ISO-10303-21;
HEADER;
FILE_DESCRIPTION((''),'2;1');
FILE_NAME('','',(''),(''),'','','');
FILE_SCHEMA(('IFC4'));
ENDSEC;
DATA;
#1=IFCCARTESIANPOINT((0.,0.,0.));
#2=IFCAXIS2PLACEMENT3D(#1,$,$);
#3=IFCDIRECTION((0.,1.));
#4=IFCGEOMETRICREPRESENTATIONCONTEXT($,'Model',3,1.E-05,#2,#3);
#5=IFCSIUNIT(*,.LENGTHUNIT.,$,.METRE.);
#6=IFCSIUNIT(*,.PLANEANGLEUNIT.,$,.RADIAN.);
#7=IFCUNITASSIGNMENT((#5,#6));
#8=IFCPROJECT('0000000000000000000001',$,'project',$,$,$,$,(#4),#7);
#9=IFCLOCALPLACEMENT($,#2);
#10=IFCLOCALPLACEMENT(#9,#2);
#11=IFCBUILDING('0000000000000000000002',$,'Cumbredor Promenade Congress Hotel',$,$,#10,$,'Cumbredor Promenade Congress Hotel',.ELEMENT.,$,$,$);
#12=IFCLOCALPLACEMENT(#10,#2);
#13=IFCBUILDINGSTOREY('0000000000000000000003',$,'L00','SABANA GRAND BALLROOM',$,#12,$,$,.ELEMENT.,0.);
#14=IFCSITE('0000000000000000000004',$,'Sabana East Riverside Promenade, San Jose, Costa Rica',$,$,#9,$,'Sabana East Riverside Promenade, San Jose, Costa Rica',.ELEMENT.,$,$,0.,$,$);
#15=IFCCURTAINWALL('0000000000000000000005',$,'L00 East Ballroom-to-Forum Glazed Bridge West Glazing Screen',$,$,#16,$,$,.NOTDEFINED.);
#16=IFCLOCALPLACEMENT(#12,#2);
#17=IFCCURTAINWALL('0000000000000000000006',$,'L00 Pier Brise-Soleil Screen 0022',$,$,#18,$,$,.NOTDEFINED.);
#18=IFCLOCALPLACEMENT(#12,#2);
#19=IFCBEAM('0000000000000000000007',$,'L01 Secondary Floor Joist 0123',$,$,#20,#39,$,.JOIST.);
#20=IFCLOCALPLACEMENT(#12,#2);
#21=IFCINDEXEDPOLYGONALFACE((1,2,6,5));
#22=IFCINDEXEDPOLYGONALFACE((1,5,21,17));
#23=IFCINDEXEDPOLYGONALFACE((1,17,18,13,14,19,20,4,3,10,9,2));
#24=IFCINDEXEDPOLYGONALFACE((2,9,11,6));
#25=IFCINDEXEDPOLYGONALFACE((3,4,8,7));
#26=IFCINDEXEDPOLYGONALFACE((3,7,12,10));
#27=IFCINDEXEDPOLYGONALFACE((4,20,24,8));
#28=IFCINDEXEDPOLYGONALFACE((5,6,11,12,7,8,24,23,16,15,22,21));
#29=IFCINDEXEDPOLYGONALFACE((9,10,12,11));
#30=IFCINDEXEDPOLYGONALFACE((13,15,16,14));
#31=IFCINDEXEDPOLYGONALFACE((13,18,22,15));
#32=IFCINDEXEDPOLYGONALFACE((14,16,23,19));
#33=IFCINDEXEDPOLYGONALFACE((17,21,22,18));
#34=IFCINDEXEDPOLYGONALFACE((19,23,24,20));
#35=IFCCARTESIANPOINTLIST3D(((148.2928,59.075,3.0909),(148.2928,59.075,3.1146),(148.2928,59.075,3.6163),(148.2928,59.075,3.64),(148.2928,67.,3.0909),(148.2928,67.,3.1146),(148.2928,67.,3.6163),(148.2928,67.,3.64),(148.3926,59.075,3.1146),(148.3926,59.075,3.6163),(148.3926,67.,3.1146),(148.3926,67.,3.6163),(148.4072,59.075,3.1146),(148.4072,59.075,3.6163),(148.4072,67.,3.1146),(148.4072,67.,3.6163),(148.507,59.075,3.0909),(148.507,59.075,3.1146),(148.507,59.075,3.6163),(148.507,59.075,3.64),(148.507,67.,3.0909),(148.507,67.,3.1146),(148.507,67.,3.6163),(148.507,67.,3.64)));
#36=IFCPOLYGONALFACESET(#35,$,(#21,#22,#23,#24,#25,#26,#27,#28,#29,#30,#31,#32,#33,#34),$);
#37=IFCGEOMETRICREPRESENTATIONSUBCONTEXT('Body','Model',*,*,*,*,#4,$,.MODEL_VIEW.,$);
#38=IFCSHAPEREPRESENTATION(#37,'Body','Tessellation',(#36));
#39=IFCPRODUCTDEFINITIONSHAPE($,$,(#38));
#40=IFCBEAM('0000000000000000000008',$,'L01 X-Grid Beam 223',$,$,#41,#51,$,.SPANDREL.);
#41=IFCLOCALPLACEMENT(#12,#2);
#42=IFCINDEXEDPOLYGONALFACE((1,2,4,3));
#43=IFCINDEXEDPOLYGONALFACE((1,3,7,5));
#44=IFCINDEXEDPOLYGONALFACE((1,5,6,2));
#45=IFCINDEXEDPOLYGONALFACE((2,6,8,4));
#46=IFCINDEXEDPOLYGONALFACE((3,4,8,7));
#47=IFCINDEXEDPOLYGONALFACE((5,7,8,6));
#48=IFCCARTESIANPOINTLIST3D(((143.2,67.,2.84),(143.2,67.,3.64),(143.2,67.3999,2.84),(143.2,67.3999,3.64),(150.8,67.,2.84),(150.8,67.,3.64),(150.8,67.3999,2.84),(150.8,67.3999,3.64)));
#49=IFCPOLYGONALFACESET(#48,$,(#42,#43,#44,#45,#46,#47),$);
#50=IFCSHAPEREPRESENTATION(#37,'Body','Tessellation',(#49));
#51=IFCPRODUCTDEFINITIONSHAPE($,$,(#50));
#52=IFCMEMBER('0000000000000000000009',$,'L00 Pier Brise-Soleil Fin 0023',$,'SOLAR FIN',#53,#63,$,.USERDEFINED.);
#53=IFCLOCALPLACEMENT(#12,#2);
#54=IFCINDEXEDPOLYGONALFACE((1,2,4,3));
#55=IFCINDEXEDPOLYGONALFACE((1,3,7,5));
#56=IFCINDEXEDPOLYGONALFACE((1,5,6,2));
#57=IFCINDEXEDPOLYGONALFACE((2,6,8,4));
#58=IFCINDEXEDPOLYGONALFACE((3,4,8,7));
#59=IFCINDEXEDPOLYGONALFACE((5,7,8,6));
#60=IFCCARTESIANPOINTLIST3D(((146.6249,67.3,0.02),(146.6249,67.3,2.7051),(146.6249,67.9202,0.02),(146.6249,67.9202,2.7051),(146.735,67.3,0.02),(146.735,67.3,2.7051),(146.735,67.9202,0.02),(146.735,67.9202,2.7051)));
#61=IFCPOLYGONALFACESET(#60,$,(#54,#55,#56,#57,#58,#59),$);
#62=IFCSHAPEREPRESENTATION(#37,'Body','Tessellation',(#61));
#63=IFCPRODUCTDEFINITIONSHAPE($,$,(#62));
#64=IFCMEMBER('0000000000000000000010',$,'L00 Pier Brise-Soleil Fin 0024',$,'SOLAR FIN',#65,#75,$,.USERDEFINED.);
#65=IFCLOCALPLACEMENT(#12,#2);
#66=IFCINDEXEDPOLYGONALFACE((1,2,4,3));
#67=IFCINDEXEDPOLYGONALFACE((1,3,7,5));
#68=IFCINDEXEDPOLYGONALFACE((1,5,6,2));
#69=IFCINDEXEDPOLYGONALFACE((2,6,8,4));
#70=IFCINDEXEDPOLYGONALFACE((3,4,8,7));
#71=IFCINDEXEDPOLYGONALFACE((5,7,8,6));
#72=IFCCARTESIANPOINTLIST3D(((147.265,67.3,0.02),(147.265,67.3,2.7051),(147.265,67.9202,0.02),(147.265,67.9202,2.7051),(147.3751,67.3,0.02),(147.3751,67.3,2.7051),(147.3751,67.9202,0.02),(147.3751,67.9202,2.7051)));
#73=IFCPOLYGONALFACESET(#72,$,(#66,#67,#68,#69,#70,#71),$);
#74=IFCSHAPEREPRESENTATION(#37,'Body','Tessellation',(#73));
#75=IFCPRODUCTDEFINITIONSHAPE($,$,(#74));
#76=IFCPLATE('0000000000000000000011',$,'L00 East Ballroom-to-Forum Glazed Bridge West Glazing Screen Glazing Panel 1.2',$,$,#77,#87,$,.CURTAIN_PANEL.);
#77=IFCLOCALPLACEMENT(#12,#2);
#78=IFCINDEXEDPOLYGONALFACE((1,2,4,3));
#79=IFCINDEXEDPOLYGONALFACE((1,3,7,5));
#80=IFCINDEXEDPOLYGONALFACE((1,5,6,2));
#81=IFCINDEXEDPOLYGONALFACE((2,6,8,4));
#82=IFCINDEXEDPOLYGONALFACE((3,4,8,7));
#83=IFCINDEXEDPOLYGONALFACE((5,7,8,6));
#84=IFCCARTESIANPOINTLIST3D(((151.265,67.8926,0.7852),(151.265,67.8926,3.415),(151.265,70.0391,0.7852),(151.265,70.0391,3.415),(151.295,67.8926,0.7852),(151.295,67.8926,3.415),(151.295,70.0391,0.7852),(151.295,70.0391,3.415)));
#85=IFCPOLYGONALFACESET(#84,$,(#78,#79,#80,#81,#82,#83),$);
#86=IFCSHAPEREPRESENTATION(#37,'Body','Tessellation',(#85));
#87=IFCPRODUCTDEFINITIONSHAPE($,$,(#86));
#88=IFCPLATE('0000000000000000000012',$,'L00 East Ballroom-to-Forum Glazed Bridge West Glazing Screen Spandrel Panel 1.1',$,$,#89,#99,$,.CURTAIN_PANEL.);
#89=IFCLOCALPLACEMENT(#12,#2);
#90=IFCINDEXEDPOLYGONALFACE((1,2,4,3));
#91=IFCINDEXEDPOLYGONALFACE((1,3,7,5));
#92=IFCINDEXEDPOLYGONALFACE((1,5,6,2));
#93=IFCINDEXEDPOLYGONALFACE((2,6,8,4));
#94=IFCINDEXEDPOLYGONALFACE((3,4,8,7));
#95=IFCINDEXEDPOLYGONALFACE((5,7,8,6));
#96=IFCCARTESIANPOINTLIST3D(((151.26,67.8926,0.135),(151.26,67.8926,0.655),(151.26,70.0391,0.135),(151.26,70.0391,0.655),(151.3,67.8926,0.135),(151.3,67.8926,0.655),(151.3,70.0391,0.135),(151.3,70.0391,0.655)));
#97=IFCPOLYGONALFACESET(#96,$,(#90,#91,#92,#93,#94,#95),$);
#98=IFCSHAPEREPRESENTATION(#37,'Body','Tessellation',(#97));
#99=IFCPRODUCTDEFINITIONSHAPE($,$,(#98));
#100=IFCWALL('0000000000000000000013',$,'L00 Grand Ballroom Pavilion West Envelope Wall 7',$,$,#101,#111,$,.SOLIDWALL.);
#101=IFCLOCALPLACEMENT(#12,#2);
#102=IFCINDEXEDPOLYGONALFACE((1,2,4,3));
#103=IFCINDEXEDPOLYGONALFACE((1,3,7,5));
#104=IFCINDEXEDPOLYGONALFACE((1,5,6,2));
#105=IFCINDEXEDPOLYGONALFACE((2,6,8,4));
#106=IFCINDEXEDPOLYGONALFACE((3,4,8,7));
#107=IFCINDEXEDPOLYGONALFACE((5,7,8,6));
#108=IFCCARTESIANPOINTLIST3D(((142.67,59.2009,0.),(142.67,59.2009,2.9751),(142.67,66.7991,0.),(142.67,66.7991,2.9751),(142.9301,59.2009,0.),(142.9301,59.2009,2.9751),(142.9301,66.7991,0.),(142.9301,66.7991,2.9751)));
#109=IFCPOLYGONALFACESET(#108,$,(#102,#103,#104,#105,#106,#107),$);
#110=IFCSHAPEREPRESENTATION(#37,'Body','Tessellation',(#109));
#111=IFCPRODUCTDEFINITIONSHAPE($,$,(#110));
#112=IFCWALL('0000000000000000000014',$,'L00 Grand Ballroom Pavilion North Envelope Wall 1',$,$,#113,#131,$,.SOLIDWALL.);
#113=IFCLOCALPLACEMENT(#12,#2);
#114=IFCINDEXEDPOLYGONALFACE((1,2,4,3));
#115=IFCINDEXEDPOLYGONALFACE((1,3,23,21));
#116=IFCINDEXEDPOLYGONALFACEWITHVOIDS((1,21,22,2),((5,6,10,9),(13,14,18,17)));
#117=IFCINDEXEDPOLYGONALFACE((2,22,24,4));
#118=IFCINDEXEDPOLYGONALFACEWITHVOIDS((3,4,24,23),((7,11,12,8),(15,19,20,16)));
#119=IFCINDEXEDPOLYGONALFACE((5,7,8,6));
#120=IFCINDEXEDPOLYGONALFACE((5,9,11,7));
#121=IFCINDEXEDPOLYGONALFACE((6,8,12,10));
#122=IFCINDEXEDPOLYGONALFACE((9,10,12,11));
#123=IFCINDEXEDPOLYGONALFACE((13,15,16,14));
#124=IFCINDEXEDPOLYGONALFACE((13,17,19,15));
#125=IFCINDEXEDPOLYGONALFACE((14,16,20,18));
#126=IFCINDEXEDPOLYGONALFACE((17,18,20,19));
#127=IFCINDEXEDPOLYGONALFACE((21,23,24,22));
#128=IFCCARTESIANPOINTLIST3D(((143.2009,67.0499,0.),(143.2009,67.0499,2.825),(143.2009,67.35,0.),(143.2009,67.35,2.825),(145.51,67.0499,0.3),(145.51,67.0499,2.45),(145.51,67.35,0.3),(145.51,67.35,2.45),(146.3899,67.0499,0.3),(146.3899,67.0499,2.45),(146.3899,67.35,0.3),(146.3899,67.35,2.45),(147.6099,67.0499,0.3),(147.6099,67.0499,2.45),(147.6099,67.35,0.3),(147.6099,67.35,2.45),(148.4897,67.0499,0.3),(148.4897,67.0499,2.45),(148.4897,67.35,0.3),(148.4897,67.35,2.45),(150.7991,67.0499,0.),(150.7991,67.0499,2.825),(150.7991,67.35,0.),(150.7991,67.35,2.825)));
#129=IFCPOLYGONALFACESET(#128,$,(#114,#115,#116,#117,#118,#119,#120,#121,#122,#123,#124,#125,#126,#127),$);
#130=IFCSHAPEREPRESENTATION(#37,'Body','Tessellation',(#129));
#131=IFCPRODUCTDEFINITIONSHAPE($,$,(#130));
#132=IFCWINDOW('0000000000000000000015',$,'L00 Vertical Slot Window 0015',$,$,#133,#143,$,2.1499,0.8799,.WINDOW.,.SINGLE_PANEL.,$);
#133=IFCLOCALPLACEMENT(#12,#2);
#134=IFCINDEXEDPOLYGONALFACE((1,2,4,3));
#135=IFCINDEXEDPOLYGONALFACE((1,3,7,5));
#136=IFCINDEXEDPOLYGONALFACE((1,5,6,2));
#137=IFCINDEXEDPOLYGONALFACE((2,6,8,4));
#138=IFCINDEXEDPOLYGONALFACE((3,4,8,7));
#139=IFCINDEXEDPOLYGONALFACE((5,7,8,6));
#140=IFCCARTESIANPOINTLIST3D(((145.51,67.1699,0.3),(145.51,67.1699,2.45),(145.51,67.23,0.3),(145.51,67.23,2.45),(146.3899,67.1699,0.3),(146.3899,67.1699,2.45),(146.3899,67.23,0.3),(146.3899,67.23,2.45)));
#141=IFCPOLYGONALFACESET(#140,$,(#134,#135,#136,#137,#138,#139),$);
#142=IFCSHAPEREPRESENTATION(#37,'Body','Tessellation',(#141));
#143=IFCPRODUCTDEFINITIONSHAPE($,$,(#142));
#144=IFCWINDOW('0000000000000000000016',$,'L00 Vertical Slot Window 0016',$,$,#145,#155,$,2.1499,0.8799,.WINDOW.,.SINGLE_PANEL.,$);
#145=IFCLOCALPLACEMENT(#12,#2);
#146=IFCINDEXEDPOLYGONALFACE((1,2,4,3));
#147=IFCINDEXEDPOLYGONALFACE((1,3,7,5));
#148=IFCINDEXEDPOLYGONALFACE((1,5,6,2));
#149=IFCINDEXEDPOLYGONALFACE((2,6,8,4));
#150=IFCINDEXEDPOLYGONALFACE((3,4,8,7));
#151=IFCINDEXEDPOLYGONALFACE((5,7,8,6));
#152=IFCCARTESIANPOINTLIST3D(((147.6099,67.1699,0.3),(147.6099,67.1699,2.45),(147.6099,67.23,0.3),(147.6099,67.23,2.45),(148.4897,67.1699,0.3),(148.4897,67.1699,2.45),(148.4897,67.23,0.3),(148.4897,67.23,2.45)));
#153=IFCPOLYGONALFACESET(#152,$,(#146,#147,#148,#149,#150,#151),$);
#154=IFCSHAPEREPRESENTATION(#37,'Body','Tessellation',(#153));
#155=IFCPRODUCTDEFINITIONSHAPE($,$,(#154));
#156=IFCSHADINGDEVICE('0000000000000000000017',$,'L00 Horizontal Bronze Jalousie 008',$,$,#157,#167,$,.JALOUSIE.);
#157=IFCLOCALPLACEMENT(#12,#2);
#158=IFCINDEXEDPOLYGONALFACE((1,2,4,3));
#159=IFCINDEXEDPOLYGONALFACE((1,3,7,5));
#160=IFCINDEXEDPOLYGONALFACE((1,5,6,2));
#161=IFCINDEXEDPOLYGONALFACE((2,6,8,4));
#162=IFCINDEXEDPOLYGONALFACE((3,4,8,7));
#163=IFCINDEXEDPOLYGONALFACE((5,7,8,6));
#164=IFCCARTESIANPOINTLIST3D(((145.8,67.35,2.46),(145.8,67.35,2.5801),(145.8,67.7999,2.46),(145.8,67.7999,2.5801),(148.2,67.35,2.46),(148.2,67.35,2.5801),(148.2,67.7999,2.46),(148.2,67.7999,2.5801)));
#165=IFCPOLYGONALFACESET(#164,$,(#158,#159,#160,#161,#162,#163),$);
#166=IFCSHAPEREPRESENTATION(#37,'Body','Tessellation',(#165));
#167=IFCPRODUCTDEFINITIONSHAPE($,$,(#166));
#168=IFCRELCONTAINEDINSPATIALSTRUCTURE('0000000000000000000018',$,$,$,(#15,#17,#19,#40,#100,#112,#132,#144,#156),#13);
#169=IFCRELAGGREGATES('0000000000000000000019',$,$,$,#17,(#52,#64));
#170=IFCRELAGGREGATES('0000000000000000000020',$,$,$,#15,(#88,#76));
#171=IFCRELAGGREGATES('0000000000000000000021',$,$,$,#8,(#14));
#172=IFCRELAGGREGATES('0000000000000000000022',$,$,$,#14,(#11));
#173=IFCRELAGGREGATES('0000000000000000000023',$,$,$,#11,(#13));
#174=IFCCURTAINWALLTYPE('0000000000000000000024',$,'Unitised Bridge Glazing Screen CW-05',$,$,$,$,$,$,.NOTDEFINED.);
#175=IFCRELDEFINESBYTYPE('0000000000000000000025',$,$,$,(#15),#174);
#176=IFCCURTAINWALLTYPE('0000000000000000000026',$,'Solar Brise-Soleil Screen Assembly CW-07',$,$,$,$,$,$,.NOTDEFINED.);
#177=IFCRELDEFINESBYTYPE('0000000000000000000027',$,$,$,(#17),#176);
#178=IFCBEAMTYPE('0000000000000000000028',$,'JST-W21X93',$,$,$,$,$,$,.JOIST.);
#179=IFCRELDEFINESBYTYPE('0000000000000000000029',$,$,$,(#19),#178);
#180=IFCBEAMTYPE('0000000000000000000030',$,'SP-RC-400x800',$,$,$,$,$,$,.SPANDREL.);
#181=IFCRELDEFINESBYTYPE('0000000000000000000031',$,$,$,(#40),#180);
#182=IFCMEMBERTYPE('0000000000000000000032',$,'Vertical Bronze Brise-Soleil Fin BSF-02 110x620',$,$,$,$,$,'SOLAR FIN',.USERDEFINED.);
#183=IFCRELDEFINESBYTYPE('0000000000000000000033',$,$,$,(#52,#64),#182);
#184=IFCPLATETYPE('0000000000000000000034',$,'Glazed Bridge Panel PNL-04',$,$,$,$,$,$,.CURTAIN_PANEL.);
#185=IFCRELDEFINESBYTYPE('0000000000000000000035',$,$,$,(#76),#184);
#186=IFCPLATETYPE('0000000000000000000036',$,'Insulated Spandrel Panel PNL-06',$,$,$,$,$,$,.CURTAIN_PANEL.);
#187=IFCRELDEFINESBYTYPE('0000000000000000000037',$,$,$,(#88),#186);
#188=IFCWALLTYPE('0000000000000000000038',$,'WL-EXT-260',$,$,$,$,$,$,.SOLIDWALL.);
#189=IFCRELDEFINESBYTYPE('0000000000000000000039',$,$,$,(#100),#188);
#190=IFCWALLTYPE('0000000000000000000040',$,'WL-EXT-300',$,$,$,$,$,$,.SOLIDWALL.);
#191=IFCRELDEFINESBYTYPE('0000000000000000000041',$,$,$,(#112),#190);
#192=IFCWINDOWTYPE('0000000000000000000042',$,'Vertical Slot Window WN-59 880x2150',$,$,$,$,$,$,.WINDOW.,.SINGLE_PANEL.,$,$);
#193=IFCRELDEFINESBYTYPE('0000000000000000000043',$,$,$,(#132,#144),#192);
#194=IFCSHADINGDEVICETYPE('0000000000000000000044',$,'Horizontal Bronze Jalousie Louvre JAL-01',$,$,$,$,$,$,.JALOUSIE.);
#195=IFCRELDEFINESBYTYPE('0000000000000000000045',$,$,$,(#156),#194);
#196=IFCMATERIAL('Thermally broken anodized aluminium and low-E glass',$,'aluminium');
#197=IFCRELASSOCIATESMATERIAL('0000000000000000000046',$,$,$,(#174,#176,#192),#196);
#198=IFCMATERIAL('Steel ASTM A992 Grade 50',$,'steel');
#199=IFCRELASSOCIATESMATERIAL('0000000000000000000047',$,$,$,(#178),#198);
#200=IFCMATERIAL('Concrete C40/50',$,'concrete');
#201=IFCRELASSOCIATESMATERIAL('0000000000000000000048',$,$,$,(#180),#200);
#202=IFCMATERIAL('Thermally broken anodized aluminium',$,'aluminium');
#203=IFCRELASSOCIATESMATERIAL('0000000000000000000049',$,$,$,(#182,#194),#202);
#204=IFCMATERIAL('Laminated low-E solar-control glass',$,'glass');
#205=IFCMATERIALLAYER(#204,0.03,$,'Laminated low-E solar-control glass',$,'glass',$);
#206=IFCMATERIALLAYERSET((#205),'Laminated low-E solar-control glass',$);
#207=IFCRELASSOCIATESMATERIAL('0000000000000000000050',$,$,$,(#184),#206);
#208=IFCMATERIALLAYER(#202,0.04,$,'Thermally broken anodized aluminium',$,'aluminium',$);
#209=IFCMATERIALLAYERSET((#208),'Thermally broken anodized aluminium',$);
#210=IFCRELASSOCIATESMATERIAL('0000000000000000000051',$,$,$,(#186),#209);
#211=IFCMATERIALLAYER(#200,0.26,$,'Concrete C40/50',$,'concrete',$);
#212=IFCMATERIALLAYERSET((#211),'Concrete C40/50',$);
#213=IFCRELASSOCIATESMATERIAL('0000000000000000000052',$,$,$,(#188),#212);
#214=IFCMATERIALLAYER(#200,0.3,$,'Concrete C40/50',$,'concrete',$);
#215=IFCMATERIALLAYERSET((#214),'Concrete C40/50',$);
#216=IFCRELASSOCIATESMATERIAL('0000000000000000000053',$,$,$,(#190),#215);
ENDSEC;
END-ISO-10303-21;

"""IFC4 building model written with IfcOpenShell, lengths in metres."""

from ifc_helpers import new_model, si_unit, direction, frame, frame_2d, origin, origin_2d, place, context, subcontext, project, spatial, rectangle, i_section, extrude, material, layer, layer_set, material_profile, profile_set, type_object, element, fill, aggregate, save


model = new_model("IFC4")

# Units and contexts
model_context = context("Model", 3, precision=1e-05, world=origin(), true_north=direction((0.0, 1.0)))
body_context = subcontext(model_context, "Body", "Model", "MODEL_VIEW")
ifc_project = project(units=[si_unit("LENGTHUNIT", "METRE"), si_unit("PLANEANGLEUNIT", "RADIAN")], contexts=[model_context])

# Site, building, storey
site_placement = place(None, origin())
site = spatial("IfcSite", under=ifc_project, at=site_placement, Name="Sabana East Riverside Promenade, San Jose, Costa Rica", LongName="Sabana East Riverside Promenade, San Jose, Costa Rica", CompositionType="ELEMENT", RefElevation=0.0)
building_placement = place(site_placement, origin())
building = spatial("IfcBuilding", under=site, at=building_placement, Name="Cumbredor Promenade Congress Hotel", LongName="Cumbredor Promenade Congress Hotel", CompositionType="ELEMENT")
storey_placement = place(building_placement, origin())
storey = spatial("IfcBuildingStorey", under=building, at=storey_placement, Name="L00", Description="SABANA GRAND BALLROOM", CompositionType="ELEMENT", Elevation=0.0)

# Shared definitions
ifc_material_1 = material(Name="Concrete C40/50", Category="concrete")

# Curtain walls
ifc_material_2 = material(Name="Thermally broken anodized aluminium and low-E glass", Category="aluminium")
curtain_wall_type_1 = type_object("IfcCurtainWallType", Name="Unitised Bridge Glazing Screen CW-05", PredefinedType="NOTDEFINED", material=ifc_material_2)
curtain_wall_1_placement = place(storey_placement, origin())
curtain_wall_1 = element("IfcCurtainWall", 1, at=curtain_wall_1_placement, inside=storey, type_object=curtain_wall_type_1, Name="L00 East Ballroom-to-Forum Glazed Bridge West Glazing Screen", PredefinedType="NOTDEFINED")
ifc_material_3 = material(Name="Thermally broken anodized aluminium", Category="aluminium")
curtain_wall_type_2 = type_object("IfcCurtainWallType", Name="Solar Brise-Soleil Screen Assembly CW-07", PredefinedType="NOTDEFINED", material=ifc_material_2)
curtain_wall_2_placement = place(storey_placement, origin())
curtain_wall_2 = element("IfcCurtainWall", 2, at=curtain_wall_2_placement, inside=storey, type_object=curtain_wall_type_2, Name="L00 Pier Brise-Soleil Screen 0022", PredefinedType="NOTDEFINED")

# Beams
ifc_material_4 = material(Name="Steel ASTM A992 Grade 50", Category="steel")
ifc_material_profile_1 = material_profile(ifc_material_4, i_section(OverallWidth=0.2141, OverallDepth=0.5491, WebThickness=0.0146, FlangeThickness=0.0237, at=origin_2d()), Name="W21X93")
ifc_profile_set_1 = profile_set([ifc_material_profile_1], Name="Steel ASTM A992 Grade 50")
beam_type_1 = type_object("IfcBeamType", Name="JST-W21X93", PredefinedType="JOIST", material=ifc_profile_set_1)
for number, where, z_axis, x_axis, name in (
    (3, (148.3999, 59.075, 3.3655), (0.0, 1.0, 0.0), (-1.0, 0.0, 0.0), "L01 Secondary Floor Joist 0123"),
):
    element("IfcBeam", number, at=place(storey_placement, frame(where, z_axis=z_axis, x_axis=x_axis)), inside=storey, type_object=beam_type_1, Name=name, PredefinedType="JOIST", context=body_context, shape_type="SweptSolid", body=[
        extrude(i_section(OverallWidth=0.2141, OverallDepth=0.5491, WebThickness=0.0146, FlangeThickness=0.0237, at=origin_2d()), origin(), (0.0, 0.0, 1.0), 7.925),
    ])
ifc_material_profile_2 = material_profile(ifc_material_1, rectangle(XDim=0.3999, YDim=0.8, at=origin_2d()), Name="RC SPANDREL 400x800")
ifc_profile_set_2 = profile_set([ifc_material_profile_2], Name="Concrete C40/50")
beam_type_2 = type_object("IfcBeamType", Name="SP-RC-400x800", PredefinedType="SPANDREL", material=ifc_profile_set_2)
beam_1_placement = place(storey_placement, frame((143.2, 67.2, 3.24), z_axis=(1.0, 0.0, 0.0), x_axis=(0.0, 1.0, 0.0)))
element("IfcBeam", 4, at=beam_1_placement, inside=storey, type_object=beam_type_2, Name="L01 X-Grid Beam 223", PredefinedType="SPANDREL", context=body_context, shape_type="SweptSolid", body=[
    extrude(rectangle(XDim=0.3999, YDim=0.8, at=origin_2d()), origin(), (0.0, 0.0, 1.0), 7.6001),
])

# Members
ifc_material_profile_3 = material_profile(ifc_material_3, rectangle(XDim=0.1101, YDim=0.6201, at=origin_2d()), Name="ARCH FIN 110x620")
ifc_profile_set_3 = profile_set([ifc_material_profile_3], Name="Thermally broken anodized aluminium")
member_type_1 = type_object("IfcMemberType", Name="Vertical Bronze Brise-Soleil Fin BSF-02 110x620", ElementType="SOLAR FIN", PredefinedType="USERDEFINED", material=ifc_profile_set_3)
member_1_placement = place(storey_placement, frame((146.6799, 67.6101, 0.02), z_axis=(0.0, 0.0, 1.0), x_axis=(1.0, 0.0, 0.0)))
member_1 = element("IfcMember", 5, at=member_1_placement, type_object=member_type_1, Name="L00 Pier Brise-Soleil Fin 0023", ObjectType="SOLAR FIN", PredefinedType="USERDEFINED", context=body_context, shape_type="SweptSolid", body=[
    extrude(rectangle(XDim=0.1101, YDim=0.6201, at=origin_2d()), origin(), (0.0, 0.0, 1.0), 2.6851),
])
member_2_placement = place(storey_placement, frame((147.3201, 67.6101, 0.02), z_axis=(0.0, 0.0, 1.0), x_axis=(1.0, 0.0, 0.0)))
member_2 = element("IfcMember", 6, at=member_2_placement, type_object=member_type_1, Name="L00 Pier Brise-Soleil Fin 0024", ObjectType="SOLAR FIN", PredefinedType="USERDEFINED", context=body_context, shape_type="SweptSolid", body=[
    extrude(rectangle(XDim=0.1101, YDim=0.6201, at=origin_2d()), origin(), (0.0, 0.0, 1.0), 2.6851),
])
aggregate(curtain_wall_2, [member_1, member_2])

# Plates
ifc_material_5 = material(Name="Laminated low-E solar-control glass", Category="glass")
ifc_layer_1 = layer(ifc_material_5, 0.03, Name="Laminated low-E solar-control glass", Category="glass")
ifc_layer_set_1 = layer_set([ifc_layer_1], Name="Laminated low-E solar-control glass")
plate_type_1 = type_object("IfcPlateType", Name="Glazed Bridge Panel PNL-04", PredefinedType="CURTAIN_PANEL", material=ifc_layer_set_1)
plate_1_placement = place(storey_placement, frame((151.28, 68.9658, 0.7852), z_axis=(0.0, 0.0, 1.0), x_axis=(0.0, 1.0, 0.0)))
plate_1 = element("IfcPlate", 7, at=plate_1_placement, type_object=plate_type_1, Name="L00 East Ballroom-to-Forum Glazed Bridge West Glazing Screen Glazing Panel 1.2", PredefinedType="CURTAIN_PANEL", context=body_context, shape_type="SweptSolid", body=[
    extrude(rectangle(XDim=2.1465, YDim=0.03, at=origin_2d()), origin(), (0.0, 0.0, 1.0), 2.6299),
])
ifc_layer_2 = layer(ifc_material_3, 0.04, Name="Thermally broken anodized aluminium", Category="aluminium")
ifc_layer_set_2 = layer_set([ifc_layer_2], Name="Thermally broken anodized aluminium")
plate_type_2 = type_object("IfcPlateType", Name="Insulated Spandrel Panel PNL-06", PredefinedType="CURTAIN_PANEL", material=ifc_layer_set_2)
plate_2_placement = place(storey_placement, frame((151.28, 68.9658, 0.135), z_axis=(0.0, 0.0, 1.0), x_axis=(0.0, 1.0, 0.0)))
plate_2 = element("IfcPlate", 8, at=plate_2_placement, type_object=plate_type_2, Name="L00 East Ballroom-to-Forum Glazed Bridge West Glazing Screen Spandrel Panel 1.1", PredefinedType="CURTAIN_PANEL", context=body_context, shape_type="SweptSolid", body=[
    extrude(rectangle(XDim=2.1465, YDim=0.04, at=origin_2d()), origin(), (0.0, 0.0, 1.0), 0.52),
])
aggregate(curtain_wall_1, [plate_2, plate_1])

# Wall
ifc_layer_3 = layer(ifc_material_1, 0.26, Name="Concrete C40/50", Category="concrete")
ifc_layer_set_3 = layer_set([ifc_layer_3], Name="Concrete C40/50")
wall_type_1 = type_object("IfcWallType", Name="WL-EXT-260", PredefinedType="SOLIDWALL", material=ifc_layer_set_3)
wall_1_placement = place(storey_placement, frame((142.8, 59.2009, 0.0), z_axis=(0.0, 0.0, 1.0), x_axis=(0.0, 1.0, 0.0)))
element("IfcWall", 9, at=wall_1_placement, inside=storey, type_object=wall_type_1, Name="L00 Grand Ballroom Pavilion West Envelope Wall 7", PredefinedType="SOLIDWALL", context=body_context, shape_type="SweptSolid", body=[
    extrude(rectangle(XDim=7.5981, YDim=0.26, at=frame_2d((3.7991, 0.0))), origin(), (0.0, 0.0, 1.0), 2.9751),
])

# Wall, openings, windows
ifc_layer_4 = layer(ifc_material_1, 0.3, Name="Concrete C40/50", Category="concrete")
ifc_layer_set_4 = layer_set([ifc_layer_4], Name="Concrete C40/50")
wall_type_2 = type_object("IfcWallType", Name="WL-EXT-300", PredefinedType="SOLIDWALL", material=ifc_layer_set_4)
wall_2_placement = place(storey_placement, frame((143.2009, 67.2, 0.0), z_axis=(0.0, 0.0, 1.0), x_axis=(1.0, 0.0, 0.0)))
wall_2 = element("IfcWall", 10, at=wall_2_placement, inside=storey, type_object=wall_type_2, Name="L00 Grand Ballroom Pavilion North Envelope Wall 1", PredefinedType="SOLIDWALL", context=body_context, shape_type="SweptSolid", body=[
    extrude(rectangle(XDim=7.5981, YDim=0.3, at=frame_2d((3.7991, 0.0))), origin(), (0.0, 0.0, 1.0), 2.825),
])
opening_1_placement = place(wall_2_placement, frame((2.3091, 0.0, 0.3)))
opening_1 = element("IfcOpeningElement", 11, at=opening_1_placement, cuts=wall_2, PredefinedType="OPENING", context=body_context, shape_type="SweptSolid", body=[
    extrude(rectangle(XDim=0.8799, YDim=2.1499, at=frame_2d((0.4399, 1.075))), frame((0.0, 0.1602, 0.0), z_axis=(0.0, -1.0, 0.0), x_axis=(1.0, 0.0, 0.0)), (0.0, 0.0, 1.0), 0.3201),
])
opening_2_placement = place(wall_2_placement, frame((4.4089, 0.0, 0.3)))
opening_2 = element("IfcOpeningElement", 12, at=opening_2_placement, cuts=wall_2, PredefinedType="OPENING", context=body_context, shape_type="SweptSolid", body=[
    extrude(rectangle(XDim=0.8799, YDim=2.1499, at=frame_2d((0.4399, 1.075))), frame((0.0, 0.1602, 0.0), z_axis=(0.0, -1.0, 0.0), x_axis=(1.0, 0.0, 0.0)), (0.0, 0.0, 1.0), 0.3201),
])
window_type = type_object("IfcWindowType", Name="Vertical Slot Window WN-59 880x2150", PartitioningType="SINGLE_PANEL", PredefinedType="WINDOW", material=ifc_material_2)
window_1_placement = place(opening_1_placement, origin())
window_1 = element("IfcWindow", 13, at=window_1_placement, inside=storey, type_object=window_type, Name="L00 Vertical Slot Window 0015", OverallHeight=2.1499, OverallWidth=0.8799, PartitioningType="SINGLE_PANEL", PredefinedType="WINDOW", context=body_context, shape_type="SweptSolid", body=[
    extrude(rectangle(XDim=0.8799, YDim=2.1499, at=frame_2d((0.4399, 1.075))), frame((0.0, 0.03, 0.0), z_axis=(0.0, -1.0, 0.0), x_axis=(1.0, 0.0, 0.0)), (0.0, 0.0, 1.0), 0.0601),
])
fill(opening_1, window_1)
window_2_placement = place(opening_2_placement, origin())
window_2 = element("IfcWindow", 14, at=window_2_placement, inside=storey, type_object=window_type, Name="L00 Vertical Slot Window 0016", OverallHeight=2.1499, OverallWidth=0.8799, PartitioningType="SINGLE_PANEL", PredefinedType="WINDOW", context=body_context, shape_type="SweptSolid", body=[
    extrude(rectangle(XDim=0.8799, YDim=2.1499, at=frame_2d((0.4399, 1.075))), frame((0.0, 0.03, 0.0), z_axis=(0.0, -1.0, 0.0), x_axis=(1.0, 0.0, 0.0)), (0.0, 0.0, 1.0), 0.0601),
])
fill(opening_2, window_2)

# Shading device
shading_device_type = type_object("IfcShadingDeviceType", Name="Horizontal Bronze Jalousie Louvre JAL-01", PredefinedType="JALOUSIE", material=ifc_material_3)
shading_device_placement = place(storey_placement, frame((147.0, 67.575, 2.46), z_axis=(0.0, 0.0, 1.0), x_axis=(1.0, 0.0, 0.0)))
element("IfcShadingDevice", 15, at=shading_device_placement, inside=storey, type_object=shading_device_type, Name="L00 Horizontal Bronze Jalousie 008", PredefinedType="JALOUSIE", context=body_context, shape_type="SweptSolid", body=[
    extrude(rectangle(XDim=2.3999, YDim=0.45, at=origin_2d()), origin(), (0.0, 0.0, 1.0), 0.1201),
])

save(model, "model.ifc")
